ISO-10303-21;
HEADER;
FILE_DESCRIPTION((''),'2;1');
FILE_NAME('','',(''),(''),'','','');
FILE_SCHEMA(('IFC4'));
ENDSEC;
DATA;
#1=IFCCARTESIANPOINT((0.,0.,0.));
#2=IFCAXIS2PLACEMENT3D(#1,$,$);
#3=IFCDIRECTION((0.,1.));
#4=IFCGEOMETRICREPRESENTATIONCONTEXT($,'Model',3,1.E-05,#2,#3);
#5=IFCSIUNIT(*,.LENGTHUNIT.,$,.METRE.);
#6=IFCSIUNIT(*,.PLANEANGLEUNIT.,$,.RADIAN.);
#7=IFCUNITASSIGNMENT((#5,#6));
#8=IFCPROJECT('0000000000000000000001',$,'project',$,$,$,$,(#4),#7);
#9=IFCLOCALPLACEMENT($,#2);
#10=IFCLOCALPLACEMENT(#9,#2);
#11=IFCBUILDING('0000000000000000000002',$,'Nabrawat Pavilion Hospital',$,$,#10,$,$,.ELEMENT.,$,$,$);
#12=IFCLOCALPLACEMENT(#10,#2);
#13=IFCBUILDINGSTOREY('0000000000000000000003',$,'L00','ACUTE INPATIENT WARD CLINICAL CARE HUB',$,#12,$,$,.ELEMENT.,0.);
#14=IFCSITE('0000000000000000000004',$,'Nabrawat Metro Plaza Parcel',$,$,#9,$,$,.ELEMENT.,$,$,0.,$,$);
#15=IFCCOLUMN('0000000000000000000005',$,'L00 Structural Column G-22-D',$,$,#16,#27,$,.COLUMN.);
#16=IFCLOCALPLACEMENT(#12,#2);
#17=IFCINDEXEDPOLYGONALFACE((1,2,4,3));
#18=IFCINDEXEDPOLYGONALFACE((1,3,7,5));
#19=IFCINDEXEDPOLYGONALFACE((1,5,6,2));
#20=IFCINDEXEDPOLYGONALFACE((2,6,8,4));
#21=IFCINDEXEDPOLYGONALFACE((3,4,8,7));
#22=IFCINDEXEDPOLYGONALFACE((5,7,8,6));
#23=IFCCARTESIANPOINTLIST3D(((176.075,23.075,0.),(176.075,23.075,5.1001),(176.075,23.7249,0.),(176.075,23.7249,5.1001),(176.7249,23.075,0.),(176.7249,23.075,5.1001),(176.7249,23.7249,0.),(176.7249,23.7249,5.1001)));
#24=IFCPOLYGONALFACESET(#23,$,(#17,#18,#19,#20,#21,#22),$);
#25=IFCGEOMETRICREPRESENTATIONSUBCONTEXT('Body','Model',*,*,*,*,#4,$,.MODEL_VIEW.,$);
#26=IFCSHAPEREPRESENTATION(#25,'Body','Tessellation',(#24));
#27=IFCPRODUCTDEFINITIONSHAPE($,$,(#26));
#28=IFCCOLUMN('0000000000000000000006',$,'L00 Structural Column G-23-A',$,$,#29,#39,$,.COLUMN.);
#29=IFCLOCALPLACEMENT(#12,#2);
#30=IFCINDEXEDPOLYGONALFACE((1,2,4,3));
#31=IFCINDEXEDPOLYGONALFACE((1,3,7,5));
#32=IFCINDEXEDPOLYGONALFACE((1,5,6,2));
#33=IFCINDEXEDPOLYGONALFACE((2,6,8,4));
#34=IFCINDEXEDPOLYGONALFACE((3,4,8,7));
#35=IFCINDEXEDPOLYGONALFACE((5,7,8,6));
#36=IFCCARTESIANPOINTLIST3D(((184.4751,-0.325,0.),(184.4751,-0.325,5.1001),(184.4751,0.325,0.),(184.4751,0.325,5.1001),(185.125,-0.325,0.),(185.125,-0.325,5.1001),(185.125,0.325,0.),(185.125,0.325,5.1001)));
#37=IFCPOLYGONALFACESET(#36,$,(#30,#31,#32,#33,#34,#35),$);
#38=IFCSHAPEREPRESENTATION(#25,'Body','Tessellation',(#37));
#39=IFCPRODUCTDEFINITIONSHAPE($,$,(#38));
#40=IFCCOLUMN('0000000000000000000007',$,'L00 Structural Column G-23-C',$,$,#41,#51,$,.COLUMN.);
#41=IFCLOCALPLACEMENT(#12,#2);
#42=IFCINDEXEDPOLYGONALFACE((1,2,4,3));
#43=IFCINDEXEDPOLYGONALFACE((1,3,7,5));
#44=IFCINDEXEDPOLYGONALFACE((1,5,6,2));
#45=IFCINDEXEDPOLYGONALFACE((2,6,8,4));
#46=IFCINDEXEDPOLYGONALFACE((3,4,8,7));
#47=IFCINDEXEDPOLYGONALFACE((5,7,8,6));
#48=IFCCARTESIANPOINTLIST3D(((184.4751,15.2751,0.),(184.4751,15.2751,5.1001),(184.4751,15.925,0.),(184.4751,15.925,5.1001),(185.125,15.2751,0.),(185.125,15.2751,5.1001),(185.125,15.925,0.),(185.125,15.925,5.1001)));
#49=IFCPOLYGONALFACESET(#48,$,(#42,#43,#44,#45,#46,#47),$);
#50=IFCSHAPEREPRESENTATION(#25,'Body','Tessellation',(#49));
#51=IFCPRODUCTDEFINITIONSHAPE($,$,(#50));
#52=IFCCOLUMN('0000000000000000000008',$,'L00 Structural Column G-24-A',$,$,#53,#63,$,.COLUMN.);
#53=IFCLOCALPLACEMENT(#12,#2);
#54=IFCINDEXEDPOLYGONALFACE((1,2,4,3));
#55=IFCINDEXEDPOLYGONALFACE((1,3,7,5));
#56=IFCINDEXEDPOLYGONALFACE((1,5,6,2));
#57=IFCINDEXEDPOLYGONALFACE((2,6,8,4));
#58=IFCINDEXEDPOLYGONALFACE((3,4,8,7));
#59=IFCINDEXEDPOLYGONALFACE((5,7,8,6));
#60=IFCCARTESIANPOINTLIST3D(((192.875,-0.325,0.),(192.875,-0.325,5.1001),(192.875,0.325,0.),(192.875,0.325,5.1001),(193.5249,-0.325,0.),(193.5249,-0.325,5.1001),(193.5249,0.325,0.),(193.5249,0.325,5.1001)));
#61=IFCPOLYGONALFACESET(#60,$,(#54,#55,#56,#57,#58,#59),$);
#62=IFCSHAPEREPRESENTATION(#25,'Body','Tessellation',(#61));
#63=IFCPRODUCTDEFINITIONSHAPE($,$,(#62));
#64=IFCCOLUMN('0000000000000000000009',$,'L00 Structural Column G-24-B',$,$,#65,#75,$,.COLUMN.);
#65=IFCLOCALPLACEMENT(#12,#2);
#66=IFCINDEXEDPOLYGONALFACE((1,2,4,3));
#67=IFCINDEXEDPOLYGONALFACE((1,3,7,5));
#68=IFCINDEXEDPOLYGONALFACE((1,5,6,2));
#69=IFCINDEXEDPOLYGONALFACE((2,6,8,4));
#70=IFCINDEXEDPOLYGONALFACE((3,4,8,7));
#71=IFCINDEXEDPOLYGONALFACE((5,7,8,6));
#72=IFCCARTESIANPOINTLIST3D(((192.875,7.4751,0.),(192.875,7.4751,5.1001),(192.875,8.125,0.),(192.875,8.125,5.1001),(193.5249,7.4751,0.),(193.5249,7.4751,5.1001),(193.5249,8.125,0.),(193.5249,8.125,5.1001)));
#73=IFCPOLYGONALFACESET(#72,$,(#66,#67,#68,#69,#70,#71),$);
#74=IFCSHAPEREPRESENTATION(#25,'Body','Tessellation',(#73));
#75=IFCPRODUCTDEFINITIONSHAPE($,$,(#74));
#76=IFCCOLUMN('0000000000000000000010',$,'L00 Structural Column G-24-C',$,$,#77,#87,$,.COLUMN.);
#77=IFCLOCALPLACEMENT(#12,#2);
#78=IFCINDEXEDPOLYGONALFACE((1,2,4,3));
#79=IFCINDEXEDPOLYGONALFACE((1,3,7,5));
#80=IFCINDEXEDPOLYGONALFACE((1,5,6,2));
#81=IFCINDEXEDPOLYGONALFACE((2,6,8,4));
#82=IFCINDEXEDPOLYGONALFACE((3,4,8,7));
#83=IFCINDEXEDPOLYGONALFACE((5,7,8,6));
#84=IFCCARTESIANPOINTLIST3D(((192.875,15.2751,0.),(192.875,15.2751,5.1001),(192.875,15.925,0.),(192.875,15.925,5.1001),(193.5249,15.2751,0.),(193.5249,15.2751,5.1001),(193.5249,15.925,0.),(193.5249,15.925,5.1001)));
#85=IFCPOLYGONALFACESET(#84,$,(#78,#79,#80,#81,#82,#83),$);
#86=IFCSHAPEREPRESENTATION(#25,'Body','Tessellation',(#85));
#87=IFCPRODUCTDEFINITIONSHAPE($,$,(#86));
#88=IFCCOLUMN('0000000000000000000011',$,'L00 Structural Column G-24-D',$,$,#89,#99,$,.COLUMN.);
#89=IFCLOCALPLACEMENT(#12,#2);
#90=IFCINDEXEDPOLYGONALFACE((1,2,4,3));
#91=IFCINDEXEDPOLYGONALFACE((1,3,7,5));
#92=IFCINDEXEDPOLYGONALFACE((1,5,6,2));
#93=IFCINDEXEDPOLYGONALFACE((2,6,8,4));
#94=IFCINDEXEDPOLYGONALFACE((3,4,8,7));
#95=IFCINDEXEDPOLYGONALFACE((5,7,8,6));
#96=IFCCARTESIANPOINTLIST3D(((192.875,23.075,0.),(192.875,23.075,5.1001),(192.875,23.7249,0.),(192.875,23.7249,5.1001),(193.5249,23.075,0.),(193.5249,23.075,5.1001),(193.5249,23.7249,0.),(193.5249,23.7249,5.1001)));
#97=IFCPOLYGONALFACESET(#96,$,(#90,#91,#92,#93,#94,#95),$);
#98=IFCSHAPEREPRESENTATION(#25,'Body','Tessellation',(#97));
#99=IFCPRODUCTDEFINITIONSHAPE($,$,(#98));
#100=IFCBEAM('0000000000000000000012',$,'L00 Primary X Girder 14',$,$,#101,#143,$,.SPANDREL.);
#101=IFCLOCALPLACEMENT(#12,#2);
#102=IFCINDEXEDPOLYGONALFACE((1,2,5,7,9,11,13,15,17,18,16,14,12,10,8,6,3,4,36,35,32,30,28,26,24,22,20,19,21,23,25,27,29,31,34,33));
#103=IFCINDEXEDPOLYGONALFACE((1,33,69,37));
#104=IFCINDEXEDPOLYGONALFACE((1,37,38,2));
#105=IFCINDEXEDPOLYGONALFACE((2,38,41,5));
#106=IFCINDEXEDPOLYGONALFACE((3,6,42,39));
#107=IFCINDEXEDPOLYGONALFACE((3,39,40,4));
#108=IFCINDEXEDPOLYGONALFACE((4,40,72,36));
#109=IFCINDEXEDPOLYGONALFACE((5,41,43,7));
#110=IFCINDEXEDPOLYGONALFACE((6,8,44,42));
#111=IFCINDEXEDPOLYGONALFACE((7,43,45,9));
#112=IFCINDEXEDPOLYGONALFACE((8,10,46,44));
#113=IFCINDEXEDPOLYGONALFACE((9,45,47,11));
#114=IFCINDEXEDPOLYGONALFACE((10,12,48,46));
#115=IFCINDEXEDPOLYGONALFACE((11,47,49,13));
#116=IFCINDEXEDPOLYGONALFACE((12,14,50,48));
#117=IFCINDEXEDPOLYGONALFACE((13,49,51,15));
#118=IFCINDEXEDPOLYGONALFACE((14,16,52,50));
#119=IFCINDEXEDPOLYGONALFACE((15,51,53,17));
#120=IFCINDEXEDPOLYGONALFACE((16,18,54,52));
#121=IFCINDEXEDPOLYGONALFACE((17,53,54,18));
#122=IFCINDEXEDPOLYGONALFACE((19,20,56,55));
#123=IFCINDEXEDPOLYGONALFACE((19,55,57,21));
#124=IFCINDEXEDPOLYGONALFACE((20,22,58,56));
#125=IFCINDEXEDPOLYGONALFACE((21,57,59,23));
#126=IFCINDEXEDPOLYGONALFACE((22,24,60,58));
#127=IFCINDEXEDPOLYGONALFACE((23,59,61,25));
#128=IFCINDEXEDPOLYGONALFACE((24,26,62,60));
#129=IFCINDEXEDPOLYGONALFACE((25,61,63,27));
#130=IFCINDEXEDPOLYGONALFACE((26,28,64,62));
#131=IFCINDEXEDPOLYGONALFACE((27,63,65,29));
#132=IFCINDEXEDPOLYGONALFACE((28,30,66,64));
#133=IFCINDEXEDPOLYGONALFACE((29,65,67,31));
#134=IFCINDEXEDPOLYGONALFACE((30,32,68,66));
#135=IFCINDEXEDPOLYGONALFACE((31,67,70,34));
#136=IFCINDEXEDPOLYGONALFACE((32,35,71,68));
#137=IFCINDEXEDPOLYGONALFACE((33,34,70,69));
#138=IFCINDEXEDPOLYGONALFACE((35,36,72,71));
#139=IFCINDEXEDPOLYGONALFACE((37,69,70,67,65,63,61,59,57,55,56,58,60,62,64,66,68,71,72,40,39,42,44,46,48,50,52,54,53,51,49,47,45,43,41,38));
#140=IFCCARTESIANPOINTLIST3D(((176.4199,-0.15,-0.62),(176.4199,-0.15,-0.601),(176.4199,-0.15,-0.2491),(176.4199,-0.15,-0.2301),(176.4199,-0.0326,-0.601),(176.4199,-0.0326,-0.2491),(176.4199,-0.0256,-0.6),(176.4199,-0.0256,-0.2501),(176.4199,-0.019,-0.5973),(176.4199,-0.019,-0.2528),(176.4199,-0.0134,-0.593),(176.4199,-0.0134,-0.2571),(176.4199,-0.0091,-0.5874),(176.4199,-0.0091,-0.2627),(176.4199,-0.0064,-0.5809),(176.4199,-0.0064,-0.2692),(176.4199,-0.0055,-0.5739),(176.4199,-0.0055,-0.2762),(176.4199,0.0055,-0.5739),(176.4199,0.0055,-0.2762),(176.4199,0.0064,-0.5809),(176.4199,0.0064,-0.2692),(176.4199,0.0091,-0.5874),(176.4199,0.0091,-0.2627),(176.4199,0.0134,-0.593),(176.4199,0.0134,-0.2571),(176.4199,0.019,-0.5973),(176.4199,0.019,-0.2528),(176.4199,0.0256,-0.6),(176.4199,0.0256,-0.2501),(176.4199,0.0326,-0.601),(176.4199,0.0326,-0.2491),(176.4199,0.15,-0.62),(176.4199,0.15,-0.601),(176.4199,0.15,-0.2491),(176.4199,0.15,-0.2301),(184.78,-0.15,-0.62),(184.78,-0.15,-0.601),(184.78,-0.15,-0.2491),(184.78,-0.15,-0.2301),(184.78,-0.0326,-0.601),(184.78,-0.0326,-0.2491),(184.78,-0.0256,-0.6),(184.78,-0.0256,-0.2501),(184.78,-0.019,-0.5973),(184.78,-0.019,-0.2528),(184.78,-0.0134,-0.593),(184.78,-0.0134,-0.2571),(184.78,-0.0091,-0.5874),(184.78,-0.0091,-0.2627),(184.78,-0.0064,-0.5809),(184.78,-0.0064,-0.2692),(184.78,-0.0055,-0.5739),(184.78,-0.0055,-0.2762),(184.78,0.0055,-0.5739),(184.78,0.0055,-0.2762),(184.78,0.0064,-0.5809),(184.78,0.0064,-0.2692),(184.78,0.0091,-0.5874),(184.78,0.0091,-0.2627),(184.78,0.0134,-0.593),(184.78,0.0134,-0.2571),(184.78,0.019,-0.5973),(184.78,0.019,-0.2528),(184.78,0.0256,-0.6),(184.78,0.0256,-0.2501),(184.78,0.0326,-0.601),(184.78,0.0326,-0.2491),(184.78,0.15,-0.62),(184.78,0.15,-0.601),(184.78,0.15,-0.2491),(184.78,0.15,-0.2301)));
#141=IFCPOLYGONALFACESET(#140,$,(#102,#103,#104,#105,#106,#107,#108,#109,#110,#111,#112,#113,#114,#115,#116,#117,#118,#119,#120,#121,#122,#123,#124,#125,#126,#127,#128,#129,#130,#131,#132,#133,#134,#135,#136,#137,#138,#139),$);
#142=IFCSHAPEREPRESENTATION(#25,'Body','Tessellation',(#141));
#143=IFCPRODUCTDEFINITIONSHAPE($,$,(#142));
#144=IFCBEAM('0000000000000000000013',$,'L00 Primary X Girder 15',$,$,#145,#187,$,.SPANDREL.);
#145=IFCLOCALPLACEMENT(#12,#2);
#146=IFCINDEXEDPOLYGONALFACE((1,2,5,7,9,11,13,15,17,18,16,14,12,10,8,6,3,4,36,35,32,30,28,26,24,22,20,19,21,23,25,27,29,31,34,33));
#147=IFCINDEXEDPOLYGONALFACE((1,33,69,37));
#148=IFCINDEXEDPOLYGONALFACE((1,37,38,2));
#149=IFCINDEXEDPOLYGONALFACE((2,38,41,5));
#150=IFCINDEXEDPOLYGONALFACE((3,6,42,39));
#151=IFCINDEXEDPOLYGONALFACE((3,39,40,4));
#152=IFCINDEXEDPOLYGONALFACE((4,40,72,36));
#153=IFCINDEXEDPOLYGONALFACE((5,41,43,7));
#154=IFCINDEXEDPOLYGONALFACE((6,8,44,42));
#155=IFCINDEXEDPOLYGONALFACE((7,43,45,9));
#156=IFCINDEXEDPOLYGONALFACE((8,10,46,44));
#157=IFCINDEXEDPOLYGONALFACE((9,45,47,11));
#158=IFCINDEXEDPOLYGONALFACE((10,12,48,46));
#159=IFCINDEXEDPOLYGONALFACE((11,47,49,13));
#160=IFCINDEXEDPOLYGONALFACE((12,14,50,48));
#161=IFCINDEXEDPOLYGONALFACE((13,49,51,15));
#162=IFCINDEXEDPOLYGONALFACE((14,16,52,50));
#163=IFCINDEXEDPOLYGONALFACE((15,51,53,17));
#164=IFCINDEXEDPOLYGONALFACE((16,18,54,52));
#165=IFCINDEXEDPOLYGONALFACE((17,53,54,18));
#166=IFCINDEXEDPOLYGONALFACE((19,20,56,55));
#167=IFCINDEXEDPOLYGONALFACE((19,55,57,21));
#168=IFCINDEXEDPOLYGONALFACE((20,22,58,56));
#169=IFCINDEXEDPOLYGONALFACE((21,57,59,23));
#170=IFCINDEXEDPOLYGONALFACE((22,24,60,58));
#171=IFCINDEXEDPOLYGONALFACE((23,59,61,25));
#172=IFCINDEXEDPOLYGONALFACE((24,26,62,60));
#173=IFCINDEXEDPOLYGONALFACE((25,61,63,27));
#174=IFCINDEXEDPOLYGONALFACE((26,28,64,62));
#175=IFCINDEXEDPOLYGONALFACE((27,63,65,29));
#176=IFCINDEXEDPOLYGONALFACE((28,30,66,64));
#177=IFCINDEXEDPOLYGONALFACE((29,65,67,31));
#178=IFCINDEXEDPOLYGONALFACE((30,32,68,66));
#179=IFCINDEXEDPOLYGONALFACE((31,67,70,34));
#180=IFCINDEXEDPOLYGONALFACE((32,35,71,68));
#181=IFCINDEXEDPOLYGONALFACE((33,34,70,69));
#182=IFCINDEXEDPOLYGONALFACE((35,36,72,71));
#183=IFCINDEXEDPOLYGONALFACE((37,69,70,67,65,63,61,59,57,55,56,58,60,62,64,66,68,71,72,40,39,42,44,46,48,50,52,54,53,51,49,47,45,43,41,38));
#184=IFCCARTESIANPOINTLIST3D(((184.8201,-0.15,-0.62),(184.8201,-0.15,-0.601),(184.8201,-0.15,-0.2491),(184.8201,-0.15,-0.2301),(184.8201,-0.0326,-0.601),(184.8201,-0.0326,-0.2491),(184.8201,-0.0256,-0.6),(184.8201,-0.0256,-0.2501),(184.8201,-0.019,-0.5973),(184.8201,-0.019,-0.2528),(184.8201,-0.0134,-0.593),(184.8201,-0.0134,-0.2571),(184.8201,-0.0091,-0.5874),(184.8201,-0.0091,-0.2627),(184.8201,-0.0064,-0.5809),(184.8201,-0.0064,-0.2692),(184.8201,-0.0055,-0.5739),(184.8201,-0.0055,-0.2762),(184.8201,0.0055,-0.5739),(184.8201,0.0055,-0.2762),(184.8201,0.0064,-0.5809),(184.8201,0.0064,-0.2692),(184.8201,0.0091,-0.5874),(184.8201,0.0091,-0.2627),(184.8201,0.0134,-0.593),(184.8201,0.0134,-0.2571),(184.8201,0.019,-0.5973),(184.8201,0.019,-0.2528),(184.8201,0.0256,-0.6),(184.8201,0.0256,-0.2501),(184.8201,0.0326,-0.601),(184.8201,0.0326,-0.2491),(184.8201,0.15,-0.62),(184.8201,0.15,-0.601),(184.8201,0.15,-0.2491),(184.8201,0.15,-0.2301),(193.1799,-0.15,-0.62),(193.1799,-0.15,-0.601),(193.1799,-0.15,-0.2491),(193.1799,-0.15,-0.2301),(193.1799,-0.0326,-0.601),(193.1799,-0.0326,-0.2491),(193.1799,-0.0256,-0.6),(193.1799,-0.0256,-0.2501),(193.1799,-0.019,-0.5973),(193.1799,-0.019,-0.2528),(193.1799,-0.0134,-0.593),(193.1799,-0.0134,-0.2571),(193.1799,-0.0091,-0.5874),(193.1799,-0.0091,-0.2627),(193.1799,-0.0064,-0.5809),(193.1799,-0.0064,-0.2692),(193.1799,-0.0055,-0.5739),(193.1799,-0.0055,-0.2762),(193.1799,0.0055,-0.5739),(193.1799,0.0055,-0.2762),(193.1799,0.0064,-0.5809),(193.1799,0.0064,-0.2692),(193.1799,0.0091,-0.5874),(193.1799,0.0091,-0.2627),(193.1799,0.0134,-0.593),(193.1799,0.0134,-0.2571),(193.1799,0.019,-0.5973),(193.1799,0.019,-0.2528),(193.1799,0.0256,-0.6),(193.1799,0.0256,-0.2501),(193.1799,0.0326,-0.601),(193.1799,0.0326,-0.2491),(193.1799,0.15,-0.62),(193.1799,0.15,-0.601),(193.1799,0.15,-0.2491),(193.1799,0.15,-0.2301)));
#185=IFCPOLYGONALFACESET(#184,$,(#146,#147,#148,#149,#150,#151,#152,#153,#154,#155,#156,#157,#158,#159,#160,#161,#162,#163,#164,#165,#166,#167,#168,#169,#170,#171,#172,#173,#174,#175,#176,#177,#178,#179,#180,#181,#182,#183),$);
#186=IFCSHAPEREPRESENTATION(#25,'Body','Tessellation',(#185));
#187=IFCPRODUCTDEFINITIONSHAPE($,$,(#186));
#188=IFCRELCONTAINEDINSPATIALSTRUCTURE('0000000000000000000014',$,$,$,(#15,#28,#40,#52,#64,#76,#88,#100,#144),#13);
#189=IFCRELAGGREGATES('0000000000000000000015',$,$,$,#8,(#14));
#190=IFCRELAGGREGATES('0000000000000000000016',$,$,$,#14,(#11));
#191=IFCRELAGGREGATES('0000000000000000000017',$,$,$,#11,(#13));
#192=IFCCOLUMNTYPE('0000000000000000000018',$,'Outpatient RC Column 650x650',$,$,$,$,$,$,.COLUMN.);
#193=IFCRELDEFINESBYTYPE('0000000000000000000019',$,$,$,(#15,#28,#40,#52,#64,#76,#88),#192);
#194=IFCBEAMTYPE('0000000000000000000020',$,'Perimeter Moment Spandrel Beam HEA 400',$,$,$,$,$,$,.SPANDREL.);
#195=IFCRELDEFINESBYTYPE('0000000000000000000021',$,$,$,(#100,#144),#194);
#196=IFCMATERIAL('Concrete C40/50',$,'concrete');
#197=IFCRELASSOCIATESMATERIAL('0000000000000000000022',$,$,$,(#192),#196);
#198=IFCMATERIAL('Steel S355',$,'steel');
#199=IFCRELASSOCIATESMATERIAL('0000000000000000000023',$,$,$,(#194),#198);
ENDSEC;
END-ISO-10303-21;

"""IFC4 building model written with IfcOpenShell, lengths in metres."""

from ifc_helpers import new_model, si_unit, direction, frame, origin, origin_2d, place, context, subcontext, project, spatial, rectangle, i_section, extrude, material, material_profile, profile_set, type_object, element, save


model = new_model("IFC4")

# Units and contexts
model_context = context("Model", 3, precision=1e-05, world=origin(), true_north=direction((0.0, 1.0)))
body_context = subcontext(model_context, "Body", "Model", "MODEL_VIEW")
ifc_project = project(units=[si_unit("LENGTHUNIT", "METRE"), si_unit("PLANEANGLEUNIT", "RADIAN")], contexts=[model_context])

# Site, building, storey
site_placement = place(None, origin())
site = spatial("IfcSite", under=ifc_project, at=site_placement, Name="Nabrawat Metro Plaza Parcel", CompositionType="ELEMENT", RefElevation=0.0)
building_placement = place(site_placement, origin())
building = spatial("IfcBuilding", under=site, at=building_placement, Name="Nabrawat Pavilion Hospital", CompositionType="ELEMENT")
storey_placement = place(building_placement, origin())
storey = spatial("IfcBuildingStorey", under=building, at=storey_placement, Name="L00", Description="ACUTE INPATIENT WARD CLINICAL CARE HUB", CompositionType="ELEMENT", Elevation=0.0)

# Columns
ifc_material_1 = material(Name="Concrete C40/50", Category="concrete")
ifc_material_profile_1 = material_profile(ifc_material_1, rectangle(XDim=0.6499, YDim=0.6499, at=origin_2d()), Name="RC 650x650")
ifc_profile_set_1 = profile_set([ifc_material_profile_1], Name="Concrete C40/50")
column_type = type_object("IfcColumnType", Name="Outpatient RC Column 650x650", PredefinedType="COLUMN", material=ifc_profile_set_1)
for number, where, z_axis, x_axis, name in (
    (1, (176.3999, 23.3999, 0.0), (0.0, 0.0, 1.0), (1.0, 0.0, 0.0), "L00 Structural Column G-22-D"),
    (2, (184.8, 0.0, 0.0), (0.0, 0.0, 1.0), (1.0, 0.0, 0.0), "L00 Structural Column G-23-A"),
    (3, (184.8, 15.6001, 0.0), (0.0, 0.0, 1.0), (1.0, 0.0, 0.0), "L00 Structural Column G-23-C"),
    (4, (193.2, 0.0, 0.0), (0.0, 0.0, 1.0), (1.0, 0.0, 0.0), "L00 Structural Column G-24-A"),
    (5, (193.2, 7.8, 0.0), (0.0, 0.0, 1.0), (1.0, 0.0, 0.0), "L00 Structural Column G-24-B"),
    (6, (193.2, 15.6001, 0.0), (0.0, 0.0, 1.0), (1.0, 0.0, 0.0), "L00 Structural Column G-24-C"),
    (7, (193.2, 23.3999, 0.0), (0.0, 0.0, 1.0), (1.0, 0.0, 0.0), "L00 Structural Column G-24-D"),
):
    element("IfcColumn", number, at=place(storey_placement, frame(where, z_axis=z_axis, x_axis=x_axis)), inside=storey, type_object=column_type, Name=name, PredefinedType="COLUMN", context=body_context, shape_type="SweptSolid", body=[
        extrude(rectangle(XDim=0.6499, YDim=0.6499, at=origin_2d()), origin(), (0.0, 0.0, 1.0), 5.1001),
    ])

# Beams
ifc_material_2 = material(Name="Steel S355", Category="steel")
ifc_material_profile_2 = material_profile(ifc_material_2, i_section(OverallWidth=0.3, OverallDepth=0.3899, WebThickness=0.011, FlangeThickness=0.019, FilletRadius=0.0271, at=origin_2d()), Name="HEA 400")
ifc_profile_set_2 = profile_set([ifc_material_profile_2], Name="Steel S355")
beam_type_1 = type_object("IfcBeamType", Name="Perimeter Moment Spandrel Beam HEA 400", PredefinedType="SPANDREL", material=ifc_profile_set_2)
beam_1_placement = place(storey_placement, frame((176.4199, 0.0, -0.425), z_axis=(1.0, 0.0, 0.0), x_axis=(0.0, 1.0, 0.0)))
element("IfcBeam", 8, at=beam_1_placement, inside=storey, type_object=beam_type_1, Name="L00 Primary X Girder 14", PredefinedType="SPANDREL", context=body_context, shape_type="SweptSolid", body=[
    extrude(i_section(OverallWidth=0.3, OverallDepth=0.3899, WebThickness=0.011, FlangeThickness=0.019, FilletRadius=0.0271, at=origin_2d()), origin(), (0.0, 0.0, 1.0), 8.3601),
])
beam_2_placement = place(storey_placement, frame((184.8201, 0.0, -0.425), z_axis=(1.0, 0.0, 0.0), x_axis=(0.0, 1.0, 0.0)))
element("IfcBeam", 9, at=beam_2_placement, inside=storey, type_object=beam_type_1, Name="L00 Primary X Girder 15", PredefinedType="SPANDREL", context=body_context, shape_type="SweptSolid", body=[
    extrude(i_section(OverallWidth=0.3, OverallDepth=0.3899, WebThickness=0.011, FlangeThickness=0.019, FilletRadius=0.0271, at=origin_2d()), origin(), (0.0, 0.0, 1.0), 8.3599),
])

save(model, "model.ifc")
